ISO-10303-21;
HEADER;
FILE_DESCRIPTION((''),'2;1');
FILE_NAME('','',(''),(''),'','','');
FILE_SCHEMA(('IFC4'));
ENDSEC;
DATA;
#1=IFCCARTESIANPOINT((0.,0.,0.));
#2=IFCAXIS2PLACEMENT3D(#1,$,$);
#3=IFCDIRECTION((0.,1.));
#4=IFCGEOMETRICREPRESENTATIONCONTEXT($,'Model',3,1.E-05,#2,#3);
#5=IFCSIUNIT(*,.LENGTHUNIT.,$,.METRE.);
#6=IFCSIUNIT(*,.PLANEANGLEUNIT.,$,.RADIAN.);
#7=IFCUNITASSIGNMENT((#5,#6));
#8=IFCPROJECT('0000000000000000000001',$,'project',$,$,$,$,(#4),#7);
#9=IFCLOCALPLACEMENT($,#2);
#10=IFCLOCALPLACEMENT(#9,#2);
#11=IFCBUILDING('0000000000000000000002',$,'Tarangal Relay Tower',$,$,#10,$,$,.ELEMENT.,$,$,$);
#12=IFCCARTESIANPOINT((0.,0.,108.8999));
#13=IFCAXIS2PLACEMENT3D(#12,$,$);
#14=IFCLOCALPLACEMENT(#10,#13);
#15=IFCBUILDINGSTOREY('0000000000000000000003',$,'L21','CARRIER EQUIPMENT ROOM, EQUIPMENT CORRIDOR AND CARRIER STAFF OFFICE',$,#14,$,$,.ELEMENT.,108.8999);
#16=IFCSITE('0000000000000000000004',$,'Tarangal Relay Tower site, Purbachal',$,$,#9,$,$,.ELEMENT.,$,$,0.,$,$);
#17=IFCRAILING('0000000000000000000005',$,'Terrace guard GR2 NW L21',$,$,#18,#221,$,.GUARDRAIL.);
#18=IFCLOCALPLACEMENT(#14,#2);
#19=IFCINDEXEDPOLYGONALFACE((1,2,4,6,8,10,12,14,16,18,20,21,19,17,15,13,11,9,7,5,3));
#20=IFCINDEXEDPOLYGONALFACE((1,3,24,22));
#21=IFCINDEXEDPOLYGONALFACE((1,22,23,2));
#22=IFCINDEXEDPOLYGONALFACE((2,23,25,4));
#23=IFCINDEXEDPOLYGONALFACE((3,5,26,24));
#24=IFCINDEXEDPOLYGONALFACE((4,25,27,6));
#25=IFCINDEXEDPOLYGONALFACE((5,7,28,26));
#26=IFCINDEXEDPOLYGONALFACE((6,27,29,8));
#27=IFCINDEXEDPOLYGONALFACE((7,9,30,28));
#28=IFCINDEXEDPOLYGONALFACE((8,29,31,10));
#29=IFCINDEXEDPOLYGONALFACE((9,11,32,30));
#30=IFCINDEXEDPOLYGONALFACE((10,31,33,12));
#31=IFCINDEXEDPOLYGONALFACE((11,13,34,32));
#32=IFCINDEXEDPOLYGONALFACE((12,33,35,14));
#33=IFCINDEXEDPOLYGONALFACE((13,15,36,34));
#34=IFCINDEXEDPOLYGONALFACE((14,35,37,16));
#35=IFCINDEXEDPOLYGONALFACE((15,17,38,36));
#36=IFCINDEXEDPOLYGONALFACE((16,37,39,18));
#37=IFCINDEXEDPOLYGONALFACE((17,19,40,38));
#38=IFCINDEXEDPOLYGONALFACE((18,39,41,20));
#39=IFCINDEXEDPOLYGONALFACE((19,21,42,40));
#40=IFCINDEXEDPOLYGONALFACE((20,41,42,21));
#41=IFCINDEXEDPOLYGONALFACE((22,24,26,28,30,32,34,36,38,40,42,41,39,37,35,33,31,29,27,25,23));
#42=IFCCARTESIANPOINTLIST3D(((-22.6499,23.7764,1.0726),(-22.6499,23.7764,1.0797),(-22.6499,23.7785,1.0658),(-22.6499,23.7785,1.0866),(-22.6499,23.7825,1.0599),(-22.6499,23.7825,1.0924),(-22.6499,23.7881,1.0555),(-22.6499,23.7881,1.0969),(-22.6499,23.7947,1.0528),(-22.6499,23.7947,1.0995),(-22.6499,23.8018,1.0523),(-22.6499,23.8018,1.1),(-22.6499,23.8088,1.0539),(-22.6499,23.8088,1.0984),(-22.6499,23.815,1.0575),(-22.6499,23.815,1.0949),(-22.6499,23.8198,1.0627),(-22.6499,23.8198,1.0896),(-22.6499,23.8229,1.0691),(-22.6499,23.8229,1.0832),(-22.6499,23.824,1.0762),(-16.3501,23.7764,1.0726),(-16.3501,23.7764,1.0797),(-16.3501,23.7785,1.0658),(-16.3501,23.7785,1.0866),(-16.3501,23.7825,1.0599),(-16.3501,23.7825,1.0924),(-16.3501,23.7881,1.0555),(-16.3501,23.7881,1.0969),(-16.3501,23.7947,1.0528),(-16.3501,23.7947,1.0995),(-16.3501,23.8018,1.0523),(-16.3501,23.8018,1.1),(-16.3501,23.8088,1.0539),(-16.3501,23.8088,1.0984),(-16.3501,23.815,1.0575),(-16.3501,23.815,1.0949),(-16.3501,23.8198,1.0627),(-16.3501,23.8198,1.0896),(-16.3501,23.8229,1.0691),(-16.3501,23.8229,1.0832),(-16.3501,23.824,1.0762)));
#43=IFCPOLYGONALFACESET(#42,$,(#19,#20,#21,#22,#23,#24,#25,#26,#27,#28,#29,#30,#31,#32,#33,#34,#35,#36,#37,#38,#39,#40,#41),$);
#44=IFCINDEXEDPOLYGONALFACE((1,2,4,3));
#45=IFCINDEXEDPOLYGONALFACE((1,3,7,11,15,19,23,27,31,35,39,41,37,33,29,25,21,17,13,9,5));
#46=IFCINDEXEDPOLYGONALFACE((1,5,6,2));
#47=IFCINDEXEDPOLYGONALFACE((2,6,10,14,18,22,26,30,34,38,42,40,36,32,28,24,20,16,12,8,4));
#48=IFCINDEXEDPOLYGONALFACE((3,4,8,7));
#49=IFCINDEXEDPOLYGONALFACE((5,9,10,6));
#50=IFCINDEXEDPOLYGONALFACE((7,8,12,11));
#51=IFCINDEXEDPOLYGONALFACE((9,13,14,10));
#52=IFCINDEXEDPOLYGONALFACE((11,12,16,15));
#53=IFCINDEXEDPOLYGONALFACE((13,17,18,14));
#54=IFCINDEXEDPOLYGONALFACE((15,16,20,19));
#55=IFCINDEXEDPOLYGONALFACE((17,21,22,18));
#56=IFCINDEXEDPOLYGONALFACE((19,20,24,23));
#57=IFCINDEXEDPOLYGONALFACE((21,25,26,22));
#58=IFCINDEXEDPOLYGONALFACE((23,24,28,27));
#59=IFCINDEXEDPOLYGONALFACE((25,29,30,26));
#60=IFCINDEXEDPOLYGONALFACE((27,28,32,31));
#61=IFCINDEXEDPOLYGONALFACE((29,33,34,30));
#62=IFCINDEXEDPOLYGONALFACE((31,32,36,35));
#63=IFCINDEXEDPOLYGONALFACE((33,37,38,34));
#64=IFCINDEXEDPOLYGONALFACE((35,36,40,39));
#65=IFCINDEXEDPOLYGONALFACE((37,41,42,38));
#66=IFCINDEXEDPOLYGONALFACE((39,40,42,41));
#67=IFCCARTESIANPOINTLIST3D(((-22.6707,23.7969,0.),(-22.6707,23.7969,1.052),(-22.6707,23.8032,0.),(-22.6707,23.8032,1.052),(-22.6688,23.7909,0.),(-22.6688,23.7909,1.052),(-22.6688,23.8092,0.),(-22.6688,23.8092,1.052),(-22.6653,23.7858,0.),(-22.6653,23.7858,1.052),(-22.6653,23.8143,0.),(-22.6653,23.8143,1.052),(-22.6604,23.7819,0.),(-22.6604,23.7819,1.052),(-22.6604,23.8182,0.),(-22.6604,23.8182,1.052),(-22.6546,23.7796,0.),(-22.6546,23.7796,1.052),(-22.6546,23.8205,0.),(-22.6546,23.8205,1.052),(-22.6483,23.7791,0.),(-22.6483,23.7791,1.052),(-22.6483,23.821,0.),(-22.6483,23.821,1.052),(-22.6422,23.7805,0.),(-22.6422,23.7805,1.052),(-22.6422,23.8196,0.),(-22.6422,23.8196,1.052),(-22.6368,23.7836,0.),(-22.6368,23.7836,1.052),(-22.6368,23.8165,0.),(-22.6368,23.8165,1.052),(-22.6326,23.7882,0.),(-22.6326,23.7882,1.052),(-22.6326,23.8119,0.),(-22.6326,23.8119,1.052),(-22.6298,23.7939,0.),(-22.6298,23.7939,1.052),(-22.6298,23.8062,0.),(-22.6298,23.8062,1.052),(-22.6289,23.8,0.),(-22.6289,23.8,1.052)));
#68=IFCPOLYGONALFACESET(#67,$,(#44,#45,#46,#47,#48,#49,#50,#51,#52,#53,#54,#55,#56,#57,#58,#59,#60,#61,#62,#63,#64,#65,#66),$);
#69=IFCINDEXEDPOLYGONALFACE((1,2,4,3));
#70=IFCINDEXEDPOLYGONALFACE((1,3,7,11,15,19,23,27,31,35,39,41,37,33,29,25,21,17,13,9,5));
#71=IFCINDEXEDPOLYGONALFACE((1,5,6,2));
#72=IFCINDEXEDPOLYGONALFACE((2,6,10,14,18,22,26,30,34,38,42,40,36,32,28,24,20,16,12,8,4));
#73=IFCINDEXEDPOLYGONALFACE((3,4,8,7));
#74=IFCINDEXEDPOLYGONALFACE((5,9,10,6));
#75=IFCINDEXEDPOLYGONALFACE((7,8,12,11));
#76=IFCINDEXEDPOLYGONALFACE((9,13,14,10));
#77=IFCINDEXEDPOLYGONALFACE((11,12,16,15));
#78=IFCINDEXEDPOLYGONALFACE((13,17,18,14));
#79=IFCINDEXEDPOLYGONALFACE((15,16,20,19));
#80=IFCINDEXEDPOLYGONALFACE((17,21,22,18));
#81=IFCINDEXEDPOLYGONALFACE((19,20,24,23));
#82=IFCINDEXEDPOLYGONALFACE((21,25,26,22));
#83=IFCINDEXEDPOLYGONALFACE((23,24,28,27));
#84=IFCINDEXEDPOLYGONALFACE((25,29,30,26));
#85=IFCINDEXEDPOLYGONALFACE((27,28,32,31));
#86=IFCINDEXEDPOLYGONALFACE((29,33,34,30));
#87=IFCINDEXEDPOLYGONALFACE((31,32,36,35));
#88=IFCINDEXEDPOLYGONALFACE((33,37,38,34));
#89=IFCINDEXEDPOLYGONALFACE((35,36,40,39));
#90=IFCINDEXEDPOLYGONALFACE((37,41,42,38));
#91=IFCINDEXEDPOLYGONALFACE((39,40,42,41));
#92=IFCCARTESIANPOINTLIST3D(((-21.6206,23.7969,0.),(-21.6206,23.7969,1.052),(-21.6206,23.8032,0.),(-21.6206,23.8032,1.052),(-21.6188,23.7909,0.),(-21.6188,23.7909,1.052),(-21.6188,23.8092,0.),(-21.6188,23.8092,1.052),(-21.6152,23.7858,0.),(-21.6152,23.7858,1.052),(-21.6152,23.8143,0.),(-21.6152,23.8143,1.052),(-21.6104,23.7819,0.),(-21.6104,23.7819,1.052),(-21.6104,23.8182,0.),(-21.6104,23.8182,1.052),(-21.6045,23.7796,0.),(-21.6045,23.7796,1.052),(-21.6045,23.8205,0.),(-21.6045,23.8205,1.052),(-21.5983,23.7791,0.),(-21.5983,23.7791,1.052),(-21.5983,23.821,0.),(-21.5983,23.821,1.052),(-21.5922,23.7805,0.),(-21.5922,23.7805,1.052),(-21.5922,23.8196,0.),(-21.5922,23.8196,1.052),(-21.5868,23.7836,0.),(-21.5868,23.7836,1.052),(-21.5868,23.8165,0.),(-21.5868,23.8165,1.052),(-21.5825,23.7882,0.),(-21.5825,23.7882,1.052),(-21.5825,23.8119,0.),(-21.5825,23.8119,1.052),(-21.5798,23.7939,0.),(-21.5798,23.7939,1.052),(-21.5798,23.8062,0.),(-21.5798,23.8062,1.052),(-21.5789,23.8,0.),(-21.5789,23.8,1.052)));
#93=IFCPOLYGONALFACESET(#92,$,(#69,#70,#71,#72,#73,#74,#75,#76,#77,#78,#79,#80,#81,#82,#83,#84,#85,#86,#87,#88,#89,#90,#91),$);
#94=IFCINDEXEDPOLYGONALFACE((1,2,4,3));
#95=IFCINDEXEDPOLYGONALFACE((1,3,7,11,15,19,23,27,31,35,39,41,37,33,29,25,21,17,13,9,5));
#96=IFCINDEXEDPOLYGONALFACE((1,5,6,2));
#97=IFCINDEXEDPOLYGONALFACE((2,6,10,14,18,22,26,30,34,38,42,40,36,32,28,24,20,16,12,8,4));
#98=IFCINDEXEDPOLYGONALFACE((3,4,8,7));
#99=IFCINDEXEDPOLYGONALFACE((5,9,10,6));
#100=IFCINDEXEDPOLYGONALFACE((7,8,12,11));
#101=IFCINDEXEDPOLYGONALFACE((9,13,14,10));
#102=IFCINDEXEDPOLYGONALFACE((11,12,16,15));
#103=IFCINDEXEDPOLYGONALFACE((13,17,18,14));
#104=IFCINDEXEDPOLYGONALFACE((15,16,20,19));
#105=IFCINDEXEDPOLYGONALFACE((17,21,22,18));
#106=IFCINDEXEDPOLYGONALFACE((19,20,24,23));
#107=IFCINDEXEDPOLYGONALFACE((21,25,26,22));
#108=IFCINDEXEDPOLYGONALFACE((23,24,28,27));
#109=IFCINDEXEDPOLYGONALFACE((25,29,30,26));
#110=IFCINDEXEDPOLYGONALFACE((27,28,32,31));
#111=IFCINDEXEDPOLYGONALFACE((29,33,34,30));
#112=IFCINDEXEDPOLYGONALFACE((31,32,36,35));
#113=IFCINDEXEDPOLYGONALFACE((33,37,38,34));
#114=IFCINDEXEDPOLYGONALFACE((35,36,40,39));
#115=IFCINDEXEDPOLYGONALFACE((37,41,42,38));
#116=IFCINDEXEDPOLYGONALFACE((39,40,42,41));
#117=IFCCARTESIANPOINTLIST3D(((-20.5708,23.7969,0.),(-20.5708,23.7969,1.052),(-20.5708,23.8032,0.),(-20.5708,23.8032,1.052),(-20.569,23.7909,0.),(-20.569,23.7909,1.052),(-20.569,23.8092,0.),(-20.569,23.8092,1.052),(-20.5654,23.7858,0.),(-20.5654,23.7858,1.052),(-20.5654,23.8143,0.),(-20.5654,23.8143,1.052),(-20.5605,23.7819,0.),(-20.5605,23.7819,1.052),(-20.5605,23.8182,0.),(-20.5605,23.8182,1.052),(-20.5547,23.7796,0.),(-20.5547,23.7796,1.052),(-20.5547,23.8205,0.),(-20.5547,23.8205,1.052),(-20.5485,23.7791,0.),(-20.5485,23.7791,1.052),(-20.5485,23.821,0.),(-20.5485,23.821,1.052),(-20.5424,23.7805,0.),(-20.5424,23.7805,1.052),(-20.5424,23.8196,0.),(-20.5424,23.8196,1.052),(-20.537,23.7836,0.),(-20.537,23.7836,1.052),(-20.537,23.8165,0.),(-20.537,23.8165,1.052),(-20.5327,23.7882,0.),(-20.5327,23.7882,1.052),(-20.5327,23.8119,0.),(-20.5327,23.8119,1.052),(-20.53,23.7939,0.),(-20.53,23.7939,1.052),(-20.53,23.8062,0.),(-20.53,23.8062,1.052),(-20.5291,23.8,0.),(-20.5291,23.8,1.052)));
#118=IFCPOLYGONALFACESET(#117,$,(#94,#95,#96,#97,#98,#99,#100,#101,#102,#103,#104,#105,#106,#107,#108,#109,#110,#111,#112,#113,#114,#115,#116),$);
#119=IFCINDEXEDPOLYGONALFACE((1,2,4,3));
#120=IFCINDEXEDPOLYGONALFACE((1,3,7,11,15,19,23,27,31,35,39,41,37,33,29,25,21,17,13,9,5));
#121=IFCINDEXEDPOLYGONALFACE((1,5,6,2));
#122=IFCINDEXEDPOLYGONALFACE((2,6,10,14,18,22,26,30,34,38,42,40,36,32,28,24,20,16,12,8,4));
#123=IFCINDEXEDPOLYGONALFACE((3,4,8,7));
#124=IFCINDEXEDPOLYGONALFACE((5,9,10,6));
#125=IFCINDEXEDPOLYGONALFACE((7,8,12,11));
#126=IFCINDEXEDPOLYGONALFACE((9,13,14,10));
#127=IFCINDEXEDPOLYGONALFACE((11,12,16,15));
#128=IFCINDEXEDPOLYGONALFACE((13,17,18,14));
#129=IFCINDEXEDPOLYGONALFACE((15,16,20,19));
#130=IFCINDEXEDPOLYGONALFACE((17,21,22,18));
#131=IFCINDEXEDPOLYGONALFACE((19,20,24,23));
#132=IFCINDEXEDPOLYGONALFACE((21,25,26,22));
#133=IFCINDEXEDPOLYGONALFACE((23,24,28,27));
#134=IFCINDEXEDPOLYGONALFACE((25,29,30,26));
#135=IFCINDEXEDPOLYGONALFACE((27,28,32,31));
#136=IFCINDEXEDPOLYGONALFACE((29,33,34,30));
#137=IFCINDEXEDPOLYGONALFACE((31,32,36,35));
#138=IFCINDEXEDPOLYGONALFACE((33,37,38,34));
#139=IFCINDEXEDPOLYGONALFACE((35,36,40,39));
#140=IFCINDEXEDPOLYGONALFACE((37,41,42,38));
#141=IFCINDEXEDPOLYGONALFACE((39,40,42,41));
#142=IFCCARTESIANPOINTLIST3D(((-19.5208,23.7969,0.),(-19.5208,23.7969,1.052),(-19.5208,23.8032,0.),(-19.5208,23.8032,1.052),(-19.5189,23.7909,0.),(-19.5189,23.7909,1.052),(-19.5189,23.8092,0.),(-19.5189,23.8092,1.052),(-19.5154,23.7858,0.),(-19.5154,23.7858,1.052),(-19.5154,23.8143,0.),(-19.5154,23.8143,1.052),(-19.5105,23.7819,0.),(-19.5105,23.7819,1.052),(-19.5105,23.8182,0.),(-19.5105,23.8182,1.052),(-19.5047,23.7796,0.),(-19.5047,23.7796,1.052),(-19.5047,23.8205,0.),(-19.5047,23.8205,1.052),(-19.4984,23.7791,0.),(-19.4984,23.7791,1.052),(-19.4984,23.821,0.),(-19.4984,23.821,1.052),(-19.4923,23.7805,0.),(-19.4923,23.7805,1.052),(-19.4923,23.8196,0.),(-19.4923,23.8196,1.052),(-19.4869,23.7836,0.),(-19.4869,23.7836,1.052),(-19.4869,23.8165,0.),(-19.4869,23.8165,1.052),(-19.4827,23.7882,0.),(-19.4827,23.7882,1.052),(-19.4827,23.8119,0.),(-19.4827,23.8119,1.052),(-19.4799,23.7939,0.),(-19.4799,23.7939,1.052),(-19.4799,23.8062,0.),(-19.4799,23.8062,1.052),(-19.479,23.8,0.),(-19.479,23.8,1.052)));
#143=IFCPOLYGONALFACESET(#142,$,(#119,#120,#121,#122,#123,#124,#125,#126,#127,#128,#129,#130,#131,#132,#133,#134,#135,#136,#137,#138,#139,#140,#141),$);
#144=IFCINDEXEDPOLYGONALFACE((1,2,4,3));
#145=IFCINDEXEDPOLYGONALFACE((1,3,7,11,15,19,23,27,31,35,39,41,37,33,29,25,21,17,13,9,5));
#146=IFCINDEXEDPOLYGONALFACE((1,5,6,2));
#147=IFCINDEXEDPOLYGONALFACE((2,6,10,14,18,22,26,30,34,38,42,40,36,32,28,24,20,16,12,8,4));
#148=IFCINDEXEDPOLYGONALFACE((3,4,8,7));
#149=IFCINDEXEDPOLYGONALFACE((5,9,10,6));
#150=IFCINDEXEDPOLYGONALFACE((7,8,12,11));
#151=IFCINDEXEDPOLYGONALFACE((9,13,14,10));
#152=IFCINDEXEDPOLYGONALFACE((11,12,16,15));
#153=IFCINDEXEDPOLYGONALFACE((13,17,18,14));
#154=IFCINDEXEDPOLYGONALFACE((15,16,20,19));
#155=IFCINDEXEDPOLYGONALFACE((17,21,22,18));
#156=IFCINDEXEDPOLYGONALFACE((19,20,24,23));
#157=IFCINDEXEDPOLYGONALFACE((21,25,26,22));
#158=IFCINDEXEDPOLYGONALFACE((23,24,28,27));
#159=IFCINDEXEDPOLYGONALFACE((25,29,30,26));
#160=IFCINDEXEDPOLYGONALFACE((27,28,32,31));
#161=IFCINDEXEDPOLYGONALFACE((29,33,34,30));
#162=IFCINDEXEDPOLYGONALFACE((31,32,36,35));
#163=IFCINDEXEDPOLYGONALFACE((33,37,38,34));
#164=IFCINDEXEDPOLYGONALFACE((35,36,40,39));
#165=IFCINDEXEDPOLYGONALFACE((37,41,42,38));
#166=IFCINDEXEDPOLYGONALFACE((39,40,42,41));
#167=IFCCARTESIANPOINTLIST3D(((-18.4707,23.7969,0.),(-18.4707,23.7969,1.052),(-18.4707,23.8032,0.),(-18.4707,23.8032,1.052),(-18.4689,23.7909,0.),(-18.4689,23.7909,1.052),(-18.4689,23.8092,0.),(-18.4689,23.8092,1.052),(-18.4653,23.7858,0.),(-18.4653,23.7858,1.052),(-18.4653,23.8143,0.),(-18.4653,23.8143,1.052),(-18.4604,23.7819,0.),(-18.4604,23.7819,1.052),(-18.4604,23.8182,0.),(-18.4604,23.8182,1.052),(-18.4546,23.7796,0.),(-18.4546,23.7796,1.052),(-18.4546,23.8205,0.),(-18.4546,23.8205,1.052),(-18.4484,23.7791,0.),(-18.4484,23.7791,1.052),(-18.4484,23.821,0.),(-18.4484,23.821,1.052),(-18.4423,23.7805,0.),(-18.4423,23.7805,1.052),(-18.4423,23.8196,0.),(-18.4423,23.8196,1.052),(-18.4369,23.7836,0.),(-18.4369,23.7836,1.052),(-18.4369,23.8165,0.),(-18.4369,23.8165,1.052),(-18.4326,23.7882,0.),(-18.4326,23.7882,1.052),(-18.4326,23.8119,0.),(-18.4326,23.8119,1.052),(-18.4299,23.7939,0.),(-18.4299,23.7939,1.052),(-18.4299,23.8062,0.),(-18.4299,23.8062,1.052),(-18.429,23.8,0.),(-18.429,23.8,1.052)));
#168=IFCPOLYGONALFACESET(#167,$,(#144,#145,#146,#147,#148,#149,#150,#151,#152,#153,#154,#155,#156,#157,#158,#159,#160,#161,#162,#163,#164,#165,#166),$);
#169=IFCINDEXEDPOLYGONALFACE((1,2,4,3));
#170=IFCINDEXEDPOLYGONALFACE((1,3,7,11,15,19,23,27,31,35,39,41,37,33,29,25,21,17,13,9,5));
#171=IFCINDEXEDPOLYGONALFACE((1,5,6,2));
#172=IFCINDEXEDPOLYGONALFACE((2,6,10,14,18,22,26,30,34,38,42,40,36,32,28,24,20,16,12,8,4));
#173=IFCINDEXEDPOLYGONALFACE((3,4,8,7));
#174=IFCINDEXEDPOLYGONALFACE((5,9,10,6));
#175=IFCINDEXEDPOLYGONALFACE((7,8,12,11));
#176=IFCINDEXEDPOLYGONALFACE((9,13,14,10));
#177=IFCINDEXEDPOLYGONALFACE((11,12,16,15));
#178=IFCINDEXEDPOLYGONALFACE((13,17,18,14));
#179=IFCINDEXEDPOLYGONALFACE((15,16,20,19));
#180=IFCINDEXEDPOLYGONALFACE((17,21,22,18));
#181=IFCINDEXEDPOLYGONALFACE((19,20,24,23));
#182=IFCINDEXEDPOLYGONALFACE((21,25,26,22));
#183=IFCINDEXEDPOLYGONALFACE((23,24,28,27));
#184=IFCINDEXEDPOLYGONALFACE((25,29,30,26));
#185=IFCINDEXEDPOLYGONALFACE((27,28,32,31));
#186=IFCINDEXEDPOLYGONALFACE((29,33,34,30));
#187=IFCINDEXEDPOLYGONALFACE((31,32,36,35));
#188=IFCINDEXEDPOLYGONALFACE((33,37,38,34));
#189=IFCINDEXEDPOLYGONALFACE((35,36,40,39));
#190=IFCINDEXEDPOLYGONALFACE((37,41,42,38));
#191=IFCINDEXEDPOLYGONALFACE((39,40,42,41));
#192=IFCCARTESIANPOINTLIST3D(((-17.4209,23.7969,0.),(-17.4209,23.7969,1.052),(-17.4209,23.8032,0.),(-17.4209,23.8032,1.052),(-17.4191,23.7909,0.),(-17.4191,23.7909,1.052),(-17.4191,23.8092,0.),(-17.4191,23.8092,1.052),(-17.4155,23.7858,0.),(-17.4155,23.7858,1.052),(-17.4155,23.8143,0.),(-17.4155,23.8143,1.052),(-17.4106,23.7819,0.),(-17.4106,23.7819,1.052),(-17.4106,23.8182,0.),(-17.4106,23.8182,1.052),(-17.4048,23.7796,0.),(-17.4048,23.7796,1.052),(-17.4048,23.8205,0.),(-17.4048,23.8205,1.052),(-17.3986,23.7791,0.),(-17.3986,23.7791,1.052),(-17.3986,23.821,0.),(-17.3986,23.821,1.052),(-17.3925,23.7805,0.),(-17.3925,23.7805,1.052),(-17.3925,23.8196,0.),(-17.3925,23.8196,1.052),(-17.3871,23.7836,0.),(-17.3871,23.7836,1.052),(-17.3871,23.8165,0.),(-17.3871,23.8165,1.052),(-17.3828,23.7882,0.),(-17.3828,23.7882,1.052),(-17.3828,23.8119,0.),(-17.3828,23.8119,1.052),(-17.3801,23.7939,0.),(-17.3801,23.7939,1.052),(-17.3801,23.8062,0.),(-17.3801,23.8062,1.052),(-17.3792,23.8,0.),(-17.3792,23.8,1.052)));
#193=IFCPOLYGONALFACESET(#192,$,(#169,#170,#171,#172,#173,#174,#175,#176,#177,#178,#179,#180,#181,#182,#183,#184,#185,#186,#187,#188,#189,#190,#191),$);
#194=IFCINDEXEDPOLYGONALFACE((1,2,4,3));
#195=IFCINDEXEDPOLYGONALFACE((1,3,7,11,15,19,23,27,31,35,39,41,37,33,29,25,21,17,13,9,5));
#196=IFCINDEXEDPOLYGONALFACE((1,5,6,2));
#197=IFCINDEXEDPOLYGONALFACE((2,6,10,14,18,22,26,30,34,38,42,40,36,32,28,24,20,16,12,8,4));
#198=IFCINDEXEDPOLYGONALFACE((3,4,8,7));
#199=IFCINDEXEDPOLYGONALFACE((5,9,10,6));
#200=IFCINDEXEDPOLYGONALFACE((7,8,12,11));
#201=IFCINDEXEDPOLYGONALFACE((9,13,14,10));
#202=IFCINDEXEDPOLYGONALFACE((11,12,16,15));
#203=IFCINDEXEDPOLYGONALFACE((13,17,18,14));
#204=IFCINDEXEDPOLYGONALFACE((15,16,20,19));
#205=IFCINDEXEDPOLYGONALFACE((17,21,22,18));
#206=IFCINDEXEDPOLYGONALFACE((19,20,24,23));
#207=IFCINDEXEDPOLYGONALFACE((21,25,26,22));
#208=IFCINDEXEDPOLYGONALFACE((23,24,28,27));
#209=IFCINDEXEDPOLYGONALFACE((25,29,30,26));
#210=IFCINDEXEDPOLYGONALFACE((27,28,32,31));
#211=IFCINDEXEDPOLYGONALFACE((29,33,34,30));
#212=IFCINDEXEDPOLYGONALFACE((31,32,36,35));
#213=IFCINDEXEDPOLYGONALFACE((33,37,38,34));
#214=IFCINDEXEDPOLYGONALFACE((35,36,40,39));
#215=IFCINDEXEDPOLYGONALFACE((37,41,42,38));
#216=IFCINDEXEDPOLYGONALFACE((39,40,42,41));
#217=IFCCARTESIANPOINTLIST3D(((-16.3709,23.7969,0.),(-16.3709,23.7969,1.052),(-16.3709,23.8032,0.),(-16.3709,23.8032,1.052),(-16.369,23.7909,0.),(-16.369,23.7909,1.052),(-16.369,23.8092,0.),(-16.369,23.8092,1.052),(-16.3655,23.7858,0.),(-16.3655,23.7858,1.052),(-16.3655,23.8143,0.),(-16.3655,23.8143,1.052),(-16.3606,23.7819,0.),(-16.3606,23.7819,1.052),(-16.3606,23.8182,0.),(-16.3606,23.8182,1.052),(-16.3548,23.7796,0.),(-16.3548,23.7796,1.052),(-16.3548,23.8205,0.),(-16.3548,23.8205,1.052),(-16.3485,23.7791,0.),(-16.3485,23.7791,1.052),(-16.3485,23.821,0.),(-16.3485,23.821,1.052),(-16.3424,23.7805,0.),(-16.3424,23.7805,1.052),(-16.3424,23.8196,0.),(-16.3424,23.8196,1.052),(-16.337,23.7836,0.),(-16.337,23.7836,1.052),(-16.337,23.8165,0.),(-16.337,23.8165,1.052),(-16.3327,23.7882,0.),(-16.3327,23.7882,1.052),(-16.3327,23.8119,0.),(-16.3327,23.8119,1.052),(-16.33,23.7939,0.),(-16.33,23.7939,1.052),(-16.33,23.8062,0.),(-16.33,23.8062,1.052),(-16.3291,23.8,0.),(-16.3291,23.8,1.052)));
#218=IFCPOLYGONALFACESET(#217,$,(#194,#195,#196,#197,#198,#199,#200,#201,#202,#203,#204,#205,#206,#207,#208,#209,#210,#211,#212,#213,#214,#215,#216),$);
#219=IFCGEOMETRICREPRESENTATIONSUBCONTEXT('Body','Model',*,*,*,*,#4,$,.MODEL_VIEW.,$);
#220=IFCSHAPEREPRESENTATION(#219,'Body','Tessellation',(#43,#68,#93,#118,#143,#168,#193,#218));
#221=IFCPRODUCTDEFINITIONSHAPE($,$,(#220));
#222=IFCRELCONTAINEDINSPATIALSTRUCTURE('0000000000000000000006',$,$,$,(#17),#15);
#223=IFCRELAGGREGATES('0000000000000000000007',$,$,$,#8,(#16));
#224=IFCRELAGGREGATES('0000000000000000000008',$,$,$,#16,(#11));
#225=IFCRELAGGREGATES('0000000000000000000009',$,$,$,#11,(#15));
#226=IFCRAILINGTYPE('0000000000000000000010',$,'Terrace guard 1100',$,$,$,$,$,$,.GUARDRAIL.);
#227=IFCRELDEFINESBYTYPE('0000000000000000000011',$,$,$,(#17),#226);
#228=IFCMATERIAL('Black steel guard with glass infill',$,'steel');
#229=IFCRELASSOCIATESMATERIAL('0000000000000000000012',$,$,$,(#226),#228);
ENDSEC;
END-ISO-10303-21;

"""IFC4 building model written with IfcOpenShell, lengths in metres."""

from ifc_helpers import new_model, si_unit, direction, frame, origin, origin_2d, place, context, subcontext, project, spatial, circle, extrude, material, type_object, element, save


model = new_model("IFC4")

# Units and contexts
model_context = context("Model", 3, precision=1e-05, world=origin(), true_north=direction((0.0, 1.0)))
body_context = subcontext(model_context, "Body", "Model", "MODEL_VIEW")
ifc_project = project(units=[si_unit("LENGTHUNIT", "METRE"), si_unit("PLANEANGLEUNIT", "RADIAN")], contexts=[model_context])

# Site, building, storey
site_placement = place(None, origin())
site = spatial("IfcSite", under=ifc_project, at=site_placement, Name="Tarangal Relay Tower site, Purbachal", CompositionType="ELEMENT", RefElevation=0.0)
building_placement = place(site_placement, origin())
building = spatial("IfcBuilding", under=site, at=building_placement, Name="Tarangal Relay Tower", CompositionType="ELEMENT")
storey_placement = place(building_placement, frame((0.0, 0.0, 108.8999)))
storey = spatial("IfcBuildingStorey", under=building, at=storey_placement, Name="L21", Description="CARRIER EQUIPMENT ROOM, EQUIPMENT CORRIDOR AND CARRIER STAFF OFFICE", CompositionType="ELEMENT", Elevation=108.8999)

# Railing
ifc_material_1 = material(Name="Black steel guard with glass infill", Category="steel")
railing_type = type_object("IfcRailingType", Name="Terrace guard 1100", PredefinedType="GUARDRAIL", material=ifc_material_1)
railing_1_placement = place(storey_placement, frame((-22.6499, 23.8, 0.0)))
element("IfcRailing", 1, at=railing_1_placement, inside=storey, type_object=railing_type, Name="Terrace guard GR2 NW L21", PredefinedType="GUARDRAIL", context=body_context, shape_type="SweptSolid", body=[
    extrude(circle(Radius=0.0239, at=origin_2d()), frame((0.0, 0.0, 1.0762), z_axis=(1.0, 0.0, 0.0), x_axis=(0.0, 1.0, 0.0)), (0.0, 0.0, 1.0), 6.2998),
    extrude(circle(Radius=0.021, at=origin_2d()), origin(), (0.0, 0.0, 1.0), 1.052),
    extrude(circle(Radius=0.021, at=origin_2d()), frame((1.05, 0.0, 0.0)), (0.0, 0.0, 1.0), 1.052),
    extrude(circle(Radius=0.021, at=origin_2d()), frame((2.0999, 0.0, 0.0)), (0.0, 0.0, 1.0), 1.052),
    extrude(circle(Radius=0.021, at=origin_2d()), frame((3.1499, 0.0, 0.0)), (0.0, 0.0, 1.0), 1.052),
    extrude(circle(Radius=0.021, at=origin_2d()), frame((4.2, 0.0, 0.0)), (0.0, 0.0, 1.0), 1.052),
    extrude(circle(Radius=0.021, at=origin_2d()), frame((5.2498, 0.0, 0.0)), (0.0, 0.0, 1.0), 1.052),
    extrude(circle(Radius=0.021, at=origin_2d()), frame((6.2998, 0.0, 0.0)), (0.0, 0.0, 1.0), 1.052),
])

save(model, "model.ifc")
